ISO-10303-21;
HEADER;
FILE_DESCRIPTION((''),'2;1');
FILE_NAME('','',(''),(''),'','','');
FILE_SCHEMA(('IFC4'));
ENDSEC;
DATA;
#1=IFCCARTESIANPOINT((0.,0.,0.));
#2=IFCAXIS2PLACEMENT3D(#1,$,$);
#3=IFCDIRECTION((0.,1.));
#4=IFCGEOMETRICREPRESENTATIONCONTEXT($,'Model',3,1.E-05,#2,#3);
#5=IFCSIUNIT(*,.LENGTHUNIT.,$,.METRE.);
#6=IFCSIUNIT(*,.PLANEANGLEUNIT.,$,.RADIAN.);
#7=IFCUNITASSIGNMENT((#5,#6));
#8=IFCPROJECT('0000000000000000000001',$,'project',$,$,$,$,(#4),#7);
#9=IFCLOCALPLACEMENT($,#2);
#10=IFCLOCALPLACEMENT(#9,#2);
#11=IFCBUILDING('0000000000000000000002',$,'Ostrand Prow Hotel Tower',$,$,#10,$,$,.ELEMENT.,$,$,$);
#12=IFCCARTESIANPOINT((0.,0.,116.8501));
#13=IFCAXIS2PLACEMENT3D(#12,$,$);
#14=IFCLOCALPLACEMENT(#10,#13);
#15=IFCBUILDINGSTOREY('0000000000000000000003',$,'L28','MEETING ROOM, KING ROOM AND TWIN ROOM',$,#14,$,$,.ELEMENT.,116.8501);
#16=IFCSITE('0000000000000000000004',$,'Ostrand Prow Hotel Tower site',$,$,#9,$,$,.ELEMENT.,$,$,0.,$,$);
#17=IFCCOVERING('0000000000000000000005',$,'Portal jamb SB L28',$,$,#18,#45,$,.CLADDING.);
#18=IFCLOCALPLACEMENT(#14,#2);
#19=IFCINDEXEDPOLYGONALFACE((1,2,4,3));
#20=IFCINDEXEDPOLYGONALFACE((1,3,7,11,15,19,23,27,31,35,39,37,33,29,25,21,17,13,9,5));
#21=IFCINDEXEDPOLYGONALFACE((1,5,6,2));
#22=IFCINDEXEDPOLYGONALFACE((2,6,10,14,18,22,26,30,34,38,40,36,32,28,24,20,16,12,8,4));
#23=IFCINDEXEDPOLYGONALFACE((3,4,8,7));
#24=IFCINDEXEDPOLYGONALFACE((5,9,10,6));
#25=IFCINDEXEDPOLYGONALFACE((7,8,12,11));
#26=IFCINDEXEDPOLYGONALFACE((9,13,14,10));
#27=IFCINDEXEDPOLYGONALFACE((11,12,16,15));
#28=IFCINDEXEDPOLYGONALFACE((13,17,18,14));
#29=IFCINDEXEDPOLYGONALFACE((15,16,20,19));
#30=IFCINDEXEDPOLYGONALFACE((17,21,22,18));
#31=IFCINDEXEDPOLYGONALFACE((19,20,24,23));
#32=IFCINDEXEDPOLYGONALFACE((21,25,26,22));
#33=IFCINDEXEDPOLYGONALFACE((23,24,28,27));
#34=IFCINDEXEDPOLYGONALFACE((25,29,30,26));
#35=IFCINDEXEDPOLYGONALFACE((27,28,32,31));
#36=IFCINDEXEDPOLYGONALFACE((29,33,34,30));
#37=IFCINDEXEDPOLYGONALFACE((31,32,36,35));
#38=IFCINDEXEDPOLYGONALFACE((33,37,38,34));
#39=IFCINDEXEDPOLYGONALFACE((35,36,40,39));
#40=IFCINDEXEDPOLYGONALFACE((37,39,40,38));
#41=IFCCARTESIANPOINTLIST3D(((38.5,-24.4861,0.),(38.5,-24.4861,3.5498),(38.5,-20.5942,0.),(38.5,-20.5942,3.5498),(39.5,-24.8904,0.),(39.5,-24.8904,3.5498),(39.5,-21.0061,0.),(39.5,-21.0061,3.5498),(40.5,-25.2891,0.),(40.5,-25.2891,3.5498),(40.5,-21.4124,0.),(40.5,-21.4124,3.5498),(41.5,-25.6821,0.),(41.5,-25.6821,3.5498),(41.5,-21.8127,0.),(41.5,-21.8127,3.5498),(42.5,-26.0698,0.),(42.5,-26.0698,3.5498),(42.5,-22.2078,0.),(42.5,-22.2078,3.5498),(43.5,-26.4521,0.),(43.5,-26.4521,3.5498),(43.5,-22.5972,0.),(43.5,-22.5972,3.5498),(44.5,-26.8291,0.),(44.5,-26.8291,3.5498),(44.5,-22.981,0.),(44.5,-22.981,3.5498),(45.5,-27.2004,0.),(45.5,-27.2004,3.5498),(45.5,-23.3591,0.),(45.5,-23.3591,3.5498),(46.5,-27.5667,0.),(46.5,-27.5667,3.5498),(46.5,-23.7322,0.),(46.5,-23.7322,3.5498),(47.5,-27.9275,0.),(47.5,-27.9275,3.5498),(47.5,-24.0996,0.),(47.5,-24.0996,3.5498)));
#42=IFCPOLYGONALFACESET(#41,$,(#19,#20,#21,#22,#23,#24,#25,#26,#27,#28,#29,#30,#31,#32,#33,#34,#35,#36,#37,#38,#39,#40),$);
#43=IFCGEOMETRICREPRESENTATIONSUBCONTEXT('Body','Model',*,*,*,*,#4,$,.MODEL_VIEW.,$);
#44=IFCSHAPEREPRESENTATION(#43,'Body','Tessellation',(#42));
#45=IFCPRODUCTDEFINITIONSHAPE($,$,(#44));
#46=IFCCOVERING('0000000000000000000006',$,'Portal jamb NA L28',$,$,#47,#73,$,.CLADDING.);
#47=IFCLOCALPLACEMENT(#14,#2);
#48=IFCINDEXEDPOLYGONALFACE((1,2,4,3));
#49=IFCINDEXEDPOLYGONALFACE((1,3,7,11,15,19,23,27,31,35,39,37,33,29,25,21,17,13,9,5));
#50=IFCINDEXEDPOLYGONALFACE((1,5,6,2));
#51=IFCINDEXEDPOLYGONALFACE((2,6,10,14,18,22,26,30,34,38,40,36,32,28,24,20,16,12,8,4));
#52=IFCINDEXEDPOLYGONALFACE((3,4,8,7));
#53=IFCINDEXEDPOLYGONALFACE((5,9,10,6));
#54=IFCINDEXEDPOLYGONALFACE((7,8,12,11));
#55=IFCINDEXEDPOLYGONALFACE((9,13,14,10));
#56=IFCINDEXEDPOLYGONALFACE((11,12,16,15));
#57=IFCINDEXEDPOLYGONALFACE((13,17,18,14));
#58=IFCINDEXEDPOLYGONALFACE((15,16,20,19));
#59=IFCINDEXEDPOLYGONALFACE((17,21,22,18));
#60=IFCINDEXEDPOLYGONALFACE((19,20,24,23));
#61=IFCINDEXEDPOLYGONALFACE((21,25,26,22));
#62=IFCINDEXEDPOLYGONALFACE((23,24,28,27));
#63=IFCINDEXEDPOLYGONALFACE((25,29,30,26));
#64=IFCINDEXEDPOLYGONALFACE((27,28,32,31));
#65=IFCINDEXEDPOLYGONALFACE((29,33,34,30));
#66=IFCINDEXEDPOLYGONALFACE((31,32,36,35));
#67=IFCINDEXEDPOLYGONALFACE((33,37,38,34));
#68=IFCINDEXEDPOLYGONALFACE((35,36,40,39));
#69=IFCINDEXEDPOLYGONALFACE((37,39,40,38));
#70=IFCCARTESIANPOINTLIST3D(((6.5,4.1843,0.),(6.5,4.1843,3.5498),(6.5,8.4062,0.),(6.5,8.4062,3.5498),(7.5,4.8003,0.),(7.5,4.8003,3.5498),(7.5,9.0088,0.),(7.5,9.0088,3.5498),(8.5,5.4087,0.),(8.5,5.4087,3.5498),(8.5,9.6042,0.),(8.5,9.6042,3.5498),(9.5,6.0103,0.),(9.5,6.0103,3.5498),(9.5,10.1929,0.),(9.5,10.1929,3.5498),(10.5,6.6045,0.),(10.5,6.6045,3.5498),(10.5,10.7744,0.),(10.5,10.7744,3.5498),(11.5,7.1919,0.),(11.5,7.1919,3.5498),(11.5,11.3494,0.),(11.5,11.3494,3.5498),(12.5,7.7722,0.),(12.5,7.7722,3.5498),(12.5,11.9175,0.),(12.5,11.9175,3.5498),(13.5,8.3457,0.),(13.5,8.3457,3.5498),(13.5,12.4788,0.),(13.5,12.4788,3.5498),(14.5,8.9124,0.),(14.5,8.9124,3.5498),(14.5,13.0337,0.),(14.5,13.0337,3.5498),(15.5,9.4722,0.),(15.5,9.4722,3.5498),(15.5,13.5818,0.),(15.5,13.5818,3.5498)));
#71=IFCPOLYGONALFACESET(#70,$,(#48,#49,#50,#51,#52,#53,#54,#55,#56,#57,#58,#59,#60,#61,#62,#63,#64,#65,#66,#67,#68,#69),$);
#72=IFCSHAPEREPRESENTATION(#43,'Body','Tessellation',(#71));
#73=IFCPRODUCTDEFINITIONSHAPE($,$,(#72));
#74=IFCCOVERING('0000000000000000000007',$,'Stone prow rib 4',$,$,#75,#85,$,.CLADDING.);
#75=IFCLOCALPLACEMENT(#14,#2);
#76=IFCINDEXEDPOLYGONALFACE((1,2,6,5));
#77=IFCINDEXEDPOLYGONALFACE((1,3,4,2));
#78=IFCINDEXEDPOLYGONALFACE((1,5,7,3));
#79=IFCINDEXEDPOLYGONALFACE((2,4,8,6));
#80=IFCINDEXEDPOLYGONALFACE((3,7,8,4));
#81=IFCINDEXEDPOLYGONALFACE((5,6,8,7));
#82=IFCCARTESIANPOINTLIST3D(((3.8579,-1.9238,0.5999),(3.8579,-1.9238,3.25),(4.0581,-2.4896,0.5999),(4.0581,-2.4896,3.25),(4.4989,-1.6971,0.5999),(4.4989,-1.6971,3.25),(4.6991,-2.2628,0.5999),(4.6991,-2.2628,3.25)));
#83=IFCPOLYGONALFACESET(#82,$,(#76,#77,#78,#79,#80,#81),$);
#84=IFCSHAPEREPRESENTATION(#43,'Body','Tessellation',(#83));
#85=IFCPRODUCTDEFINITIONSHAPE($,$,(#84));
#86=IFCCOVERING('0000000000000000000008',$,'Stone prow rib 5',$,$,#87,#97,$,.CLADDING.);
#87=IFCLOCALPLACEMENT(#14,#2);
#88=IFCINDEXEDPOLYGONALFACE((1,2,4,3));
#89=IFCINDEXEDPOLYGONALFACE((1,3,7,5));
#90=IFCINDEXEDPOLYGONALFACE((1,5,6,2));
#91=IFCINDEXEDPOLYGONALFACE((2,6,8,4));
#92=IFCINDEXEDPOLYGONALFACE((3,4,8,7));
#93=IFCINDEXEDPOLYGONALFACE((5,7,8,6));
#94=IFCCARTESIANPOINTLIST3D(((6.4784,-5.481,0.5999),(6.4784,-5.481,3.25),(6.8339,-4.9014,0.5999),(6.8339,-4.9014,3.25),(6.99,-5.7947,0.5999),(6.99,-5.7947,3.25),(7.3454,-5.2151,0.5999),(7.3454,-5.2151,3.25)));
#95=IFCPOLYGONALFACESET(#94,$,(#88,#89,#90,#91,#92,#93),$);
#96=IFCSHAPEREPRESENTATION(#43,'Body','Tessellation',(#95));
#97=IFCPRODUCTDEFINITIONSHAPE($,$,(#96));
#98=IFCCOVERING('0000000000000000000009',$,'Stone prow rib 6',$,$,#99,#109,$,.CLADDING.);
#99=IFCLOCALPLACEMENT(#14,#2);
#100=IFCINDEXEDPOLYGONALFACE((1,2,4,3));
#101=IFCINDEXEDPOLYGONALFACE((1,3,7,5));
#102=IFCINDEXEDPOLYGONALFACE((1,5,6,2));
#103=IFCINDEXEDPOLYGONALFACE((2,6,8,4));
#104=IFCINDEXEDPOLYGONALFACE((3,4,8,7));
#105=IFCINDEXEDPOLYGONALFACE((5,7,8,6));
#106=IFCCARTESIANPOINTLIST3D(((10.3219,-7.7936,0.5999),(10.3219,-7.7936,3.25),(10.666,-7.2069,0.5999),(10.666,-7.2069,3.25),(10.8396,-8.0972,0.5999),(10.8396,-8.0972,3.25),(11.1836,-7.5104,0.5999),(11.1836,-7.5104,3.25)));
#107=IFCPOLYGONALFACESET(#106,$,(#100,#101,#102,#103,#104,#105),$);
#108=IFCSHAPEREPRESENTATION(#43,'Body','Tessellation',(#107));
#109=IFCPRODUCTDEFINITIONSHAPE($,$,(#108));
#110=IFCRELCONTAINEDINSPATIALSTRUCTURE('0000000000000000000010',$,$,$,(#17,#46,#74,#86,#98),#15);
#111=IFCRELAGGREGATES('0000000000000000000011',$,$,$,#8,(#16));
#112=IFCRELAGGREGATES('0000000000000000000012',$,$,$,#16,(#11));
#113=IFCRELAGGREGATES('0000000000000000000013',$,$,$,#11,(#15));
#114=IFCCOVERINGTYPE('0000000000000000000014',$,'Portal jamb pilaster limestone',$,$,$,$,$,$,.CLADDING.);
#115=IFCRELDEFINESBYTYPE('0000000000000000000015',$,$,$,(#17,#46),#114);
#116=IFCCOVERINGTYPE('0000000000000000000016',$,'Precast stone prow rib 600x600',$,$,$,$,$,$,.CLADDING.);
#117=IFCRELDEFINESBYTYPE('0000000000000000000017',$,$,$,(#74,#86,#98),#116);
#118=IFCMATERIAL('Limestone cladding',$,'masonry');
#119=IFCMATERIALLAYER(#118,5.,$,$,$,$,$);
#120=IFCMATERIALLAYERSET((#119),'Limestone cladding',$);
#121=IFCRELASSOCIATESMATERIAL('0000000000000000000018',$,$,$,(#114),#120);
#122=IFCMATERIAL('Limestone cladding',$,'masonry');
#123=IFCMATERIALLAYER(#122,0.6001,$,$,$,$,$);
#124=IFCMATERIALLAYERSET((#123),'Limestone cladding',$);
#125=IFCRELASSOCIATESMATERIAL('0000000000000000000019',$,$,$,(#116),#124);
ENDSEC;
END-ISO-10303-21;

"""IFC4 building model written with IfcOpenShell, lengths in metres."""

from ifc_helpers import new_model, si_unit, direction, frame, frame_2d, origin, place, context, subcontext, project, spatial, polyline, rectangle, outline, extrude, material, layer, layer_set, type_object, element, save


model = new_model("IFC4")

# Units and contexts
model_context = context("Model", 3, precision=1e-05, world=origin(), true_north=direction((0.0, 1.0)))
body_context = subcontext(model_context, "Body", "Model", "MODEL_VIEW")
ifc_project = project(units=[si_unit("LENGTHUNIT", "METRE"), si_unit("PLANEANGLEUNIT", "RADIAN")], contexts=[model_context])

# Site, building, storey
site_placement = place(None, origin())
site = spatial("IfcSite", under=ifc_project, at=site_placement, Name="Ostrand Prow Hotel Tower site", CompositionType="ELEMENT", RefElevation=0.0)
building_placement = place(site_placement, origin())
building = spatial("IfcBuilding", under=site, at=building_placement, Name="Ostrand Prow Hotel Tower", CompositionType="ELEMENT")
storey_placement = place(building_placement, frame((0.0, 0.0, 116.8501)))
storey = spatial("IfcBuildingStorey", under=building, at=storey_placement, Name="L28", Description="MEETING ROOM, KING ROOM AND TWIN ROOM", CompositionType="ELEMENT", Elevation=116.8501)

# Coverings
ifc_material_1 = material(Name="Limestone cladding", Category="masonry")
ifc_layer_1 = layer(ifc_material_1, 5.0)
ifc_layer_set_1 = layer_set([ifc_layer_1], Name="Limestone cladding")
covering_type_1 = type_object("IfcCoveringType", Name="Portal jamb pilaster limestone", PredefinedType="CLADDING", material=ifc_layer_set_1)
covering_1_placement = place(storey_placement, origin())
element("IfcCovering", 1, at=covering_1_placement, inside=storey, type_object=covering_type_1, Name="Portal jamb SB L28", PredefinedType="CLADDING", context=body_context, shape_type="SweptSolid", body=[
    extrude(outline(polyline([(38.5, -20.5942), (38.5, -24.4861), (39.5, -24.8904), (40.5, -25.2891), (41.5, -25.6821), (42.5, -26.0698), (43.5, -26.4521), (44.5, -26.8291), (45.5, -27.2004), (46.5, -27.5667), (47.5, -27.9275), (47.5, -24.0996), (46.5, -23.7322), (45.5, -23.3591), (44.5, -22.981), (43.5, -22.5972), (42.5, -22.2078), (41.5, -21.8127), (40.5, -21.4124), (39.5, -21.0061), (38.5, -20.5942)])), origin(), (0.0, 0.0, 1.0), 3.5498),
])
covering_2_placement = place(storey_placement, origin())
element("IfcCovering", 2, at=covering_2_placement, inside=storey, type_object=covering_type_1, Name="Portal jamb NA L28", PredefinedType="CLADDING", context=body_context, shape_type="SweptSolid", body=[
    extrude(outline(polyline([(6.5, 4.1843), (7.5, 4.8003), (8.5, 5.4087), (9.5, 6.0103), (10.5, 6.6045), (11.5, 7.1919), (12.5, 7.7722), (13.5, 8.3457), (14.5, 8.9124), (15.5, 9.4722), (15.5, 13.5818), (14.5, 13.0337), (13.5, 12.4788), (12.5, 11.9175), (11.5, 11.3494), (10.5, 10.7744), (9.5, 10.1929), (8.5, 9.6042), (7.5, 9.0088), (6.5, 8.4062), (6.5, 4.1843)])), origin(), (0.0, 0.0, 1.0), 3.5498),
])
ifc_material_2 = material(Name="Limestone cladding", Category="masonry")
ifc_layer_2 = layer(ifc_material_2, 0.6001)
ifc_layer_set_2 = layer_set([ifc_layer_2], Name="Limestone cladding")
covering_type_2 = type_object("IfcCoveringType", Name="Precast stone prow rib 600x600", PredefinedType="CLADDING", material=ifc_layer_set_2)
for number, where, z_axis, x_axis, name in (
    (3, (4.5989, -1.98, 0.5999), (0.0, 0.0, 1.0), (-0.942745, -0.333515, 0.0), "Stone prow rib 4"),
    (4, (7.0896, -5.0583, 0.5999), (0.0, 0.0, 1.0), (-0.522815, -0.852446, 0.0), "Stone prow rib 5"),
):
    element("IfcCovering", number, at=place(storey_placement, frame(where, z_axis=z_axis, x_axis=x_axis)), inside=storey, type_object=covering_type_2, Name=name, PredefinedType="CLADDING", context=body_context, shape_type="SweptSolid", body=[
        extrude(rectangle(XDim=0.6799, YDim=0.6001, at=frame_2d((0.3398, 0.0))), origin(), (0.0, 0.0, 1.0), 2.6501),
    ])
covering_3_placement = place(storey_placement, frame((10.9248, -7.3586, 0.5999), z_axis=(0.0, 0.0, 1.0), x_axis=(-0.505812, -0.862644, 0.0)))
element("IfcCovering", 5, at=covering_3_placement, inside=storey, type_object=covering_type_2, Name="Stone prow rib 6", PredefinedType="CLADDING", context=body_context, shape_type="SweptSolid", body=[
    extrude(rectangle(XDim=0.6802, YDim=0.6001, at=frame_2d((0.3401, 0.0))), origin(), (0.0, 0.0, 1.0), 2.6501),
])

save(model, "model.ifc")
